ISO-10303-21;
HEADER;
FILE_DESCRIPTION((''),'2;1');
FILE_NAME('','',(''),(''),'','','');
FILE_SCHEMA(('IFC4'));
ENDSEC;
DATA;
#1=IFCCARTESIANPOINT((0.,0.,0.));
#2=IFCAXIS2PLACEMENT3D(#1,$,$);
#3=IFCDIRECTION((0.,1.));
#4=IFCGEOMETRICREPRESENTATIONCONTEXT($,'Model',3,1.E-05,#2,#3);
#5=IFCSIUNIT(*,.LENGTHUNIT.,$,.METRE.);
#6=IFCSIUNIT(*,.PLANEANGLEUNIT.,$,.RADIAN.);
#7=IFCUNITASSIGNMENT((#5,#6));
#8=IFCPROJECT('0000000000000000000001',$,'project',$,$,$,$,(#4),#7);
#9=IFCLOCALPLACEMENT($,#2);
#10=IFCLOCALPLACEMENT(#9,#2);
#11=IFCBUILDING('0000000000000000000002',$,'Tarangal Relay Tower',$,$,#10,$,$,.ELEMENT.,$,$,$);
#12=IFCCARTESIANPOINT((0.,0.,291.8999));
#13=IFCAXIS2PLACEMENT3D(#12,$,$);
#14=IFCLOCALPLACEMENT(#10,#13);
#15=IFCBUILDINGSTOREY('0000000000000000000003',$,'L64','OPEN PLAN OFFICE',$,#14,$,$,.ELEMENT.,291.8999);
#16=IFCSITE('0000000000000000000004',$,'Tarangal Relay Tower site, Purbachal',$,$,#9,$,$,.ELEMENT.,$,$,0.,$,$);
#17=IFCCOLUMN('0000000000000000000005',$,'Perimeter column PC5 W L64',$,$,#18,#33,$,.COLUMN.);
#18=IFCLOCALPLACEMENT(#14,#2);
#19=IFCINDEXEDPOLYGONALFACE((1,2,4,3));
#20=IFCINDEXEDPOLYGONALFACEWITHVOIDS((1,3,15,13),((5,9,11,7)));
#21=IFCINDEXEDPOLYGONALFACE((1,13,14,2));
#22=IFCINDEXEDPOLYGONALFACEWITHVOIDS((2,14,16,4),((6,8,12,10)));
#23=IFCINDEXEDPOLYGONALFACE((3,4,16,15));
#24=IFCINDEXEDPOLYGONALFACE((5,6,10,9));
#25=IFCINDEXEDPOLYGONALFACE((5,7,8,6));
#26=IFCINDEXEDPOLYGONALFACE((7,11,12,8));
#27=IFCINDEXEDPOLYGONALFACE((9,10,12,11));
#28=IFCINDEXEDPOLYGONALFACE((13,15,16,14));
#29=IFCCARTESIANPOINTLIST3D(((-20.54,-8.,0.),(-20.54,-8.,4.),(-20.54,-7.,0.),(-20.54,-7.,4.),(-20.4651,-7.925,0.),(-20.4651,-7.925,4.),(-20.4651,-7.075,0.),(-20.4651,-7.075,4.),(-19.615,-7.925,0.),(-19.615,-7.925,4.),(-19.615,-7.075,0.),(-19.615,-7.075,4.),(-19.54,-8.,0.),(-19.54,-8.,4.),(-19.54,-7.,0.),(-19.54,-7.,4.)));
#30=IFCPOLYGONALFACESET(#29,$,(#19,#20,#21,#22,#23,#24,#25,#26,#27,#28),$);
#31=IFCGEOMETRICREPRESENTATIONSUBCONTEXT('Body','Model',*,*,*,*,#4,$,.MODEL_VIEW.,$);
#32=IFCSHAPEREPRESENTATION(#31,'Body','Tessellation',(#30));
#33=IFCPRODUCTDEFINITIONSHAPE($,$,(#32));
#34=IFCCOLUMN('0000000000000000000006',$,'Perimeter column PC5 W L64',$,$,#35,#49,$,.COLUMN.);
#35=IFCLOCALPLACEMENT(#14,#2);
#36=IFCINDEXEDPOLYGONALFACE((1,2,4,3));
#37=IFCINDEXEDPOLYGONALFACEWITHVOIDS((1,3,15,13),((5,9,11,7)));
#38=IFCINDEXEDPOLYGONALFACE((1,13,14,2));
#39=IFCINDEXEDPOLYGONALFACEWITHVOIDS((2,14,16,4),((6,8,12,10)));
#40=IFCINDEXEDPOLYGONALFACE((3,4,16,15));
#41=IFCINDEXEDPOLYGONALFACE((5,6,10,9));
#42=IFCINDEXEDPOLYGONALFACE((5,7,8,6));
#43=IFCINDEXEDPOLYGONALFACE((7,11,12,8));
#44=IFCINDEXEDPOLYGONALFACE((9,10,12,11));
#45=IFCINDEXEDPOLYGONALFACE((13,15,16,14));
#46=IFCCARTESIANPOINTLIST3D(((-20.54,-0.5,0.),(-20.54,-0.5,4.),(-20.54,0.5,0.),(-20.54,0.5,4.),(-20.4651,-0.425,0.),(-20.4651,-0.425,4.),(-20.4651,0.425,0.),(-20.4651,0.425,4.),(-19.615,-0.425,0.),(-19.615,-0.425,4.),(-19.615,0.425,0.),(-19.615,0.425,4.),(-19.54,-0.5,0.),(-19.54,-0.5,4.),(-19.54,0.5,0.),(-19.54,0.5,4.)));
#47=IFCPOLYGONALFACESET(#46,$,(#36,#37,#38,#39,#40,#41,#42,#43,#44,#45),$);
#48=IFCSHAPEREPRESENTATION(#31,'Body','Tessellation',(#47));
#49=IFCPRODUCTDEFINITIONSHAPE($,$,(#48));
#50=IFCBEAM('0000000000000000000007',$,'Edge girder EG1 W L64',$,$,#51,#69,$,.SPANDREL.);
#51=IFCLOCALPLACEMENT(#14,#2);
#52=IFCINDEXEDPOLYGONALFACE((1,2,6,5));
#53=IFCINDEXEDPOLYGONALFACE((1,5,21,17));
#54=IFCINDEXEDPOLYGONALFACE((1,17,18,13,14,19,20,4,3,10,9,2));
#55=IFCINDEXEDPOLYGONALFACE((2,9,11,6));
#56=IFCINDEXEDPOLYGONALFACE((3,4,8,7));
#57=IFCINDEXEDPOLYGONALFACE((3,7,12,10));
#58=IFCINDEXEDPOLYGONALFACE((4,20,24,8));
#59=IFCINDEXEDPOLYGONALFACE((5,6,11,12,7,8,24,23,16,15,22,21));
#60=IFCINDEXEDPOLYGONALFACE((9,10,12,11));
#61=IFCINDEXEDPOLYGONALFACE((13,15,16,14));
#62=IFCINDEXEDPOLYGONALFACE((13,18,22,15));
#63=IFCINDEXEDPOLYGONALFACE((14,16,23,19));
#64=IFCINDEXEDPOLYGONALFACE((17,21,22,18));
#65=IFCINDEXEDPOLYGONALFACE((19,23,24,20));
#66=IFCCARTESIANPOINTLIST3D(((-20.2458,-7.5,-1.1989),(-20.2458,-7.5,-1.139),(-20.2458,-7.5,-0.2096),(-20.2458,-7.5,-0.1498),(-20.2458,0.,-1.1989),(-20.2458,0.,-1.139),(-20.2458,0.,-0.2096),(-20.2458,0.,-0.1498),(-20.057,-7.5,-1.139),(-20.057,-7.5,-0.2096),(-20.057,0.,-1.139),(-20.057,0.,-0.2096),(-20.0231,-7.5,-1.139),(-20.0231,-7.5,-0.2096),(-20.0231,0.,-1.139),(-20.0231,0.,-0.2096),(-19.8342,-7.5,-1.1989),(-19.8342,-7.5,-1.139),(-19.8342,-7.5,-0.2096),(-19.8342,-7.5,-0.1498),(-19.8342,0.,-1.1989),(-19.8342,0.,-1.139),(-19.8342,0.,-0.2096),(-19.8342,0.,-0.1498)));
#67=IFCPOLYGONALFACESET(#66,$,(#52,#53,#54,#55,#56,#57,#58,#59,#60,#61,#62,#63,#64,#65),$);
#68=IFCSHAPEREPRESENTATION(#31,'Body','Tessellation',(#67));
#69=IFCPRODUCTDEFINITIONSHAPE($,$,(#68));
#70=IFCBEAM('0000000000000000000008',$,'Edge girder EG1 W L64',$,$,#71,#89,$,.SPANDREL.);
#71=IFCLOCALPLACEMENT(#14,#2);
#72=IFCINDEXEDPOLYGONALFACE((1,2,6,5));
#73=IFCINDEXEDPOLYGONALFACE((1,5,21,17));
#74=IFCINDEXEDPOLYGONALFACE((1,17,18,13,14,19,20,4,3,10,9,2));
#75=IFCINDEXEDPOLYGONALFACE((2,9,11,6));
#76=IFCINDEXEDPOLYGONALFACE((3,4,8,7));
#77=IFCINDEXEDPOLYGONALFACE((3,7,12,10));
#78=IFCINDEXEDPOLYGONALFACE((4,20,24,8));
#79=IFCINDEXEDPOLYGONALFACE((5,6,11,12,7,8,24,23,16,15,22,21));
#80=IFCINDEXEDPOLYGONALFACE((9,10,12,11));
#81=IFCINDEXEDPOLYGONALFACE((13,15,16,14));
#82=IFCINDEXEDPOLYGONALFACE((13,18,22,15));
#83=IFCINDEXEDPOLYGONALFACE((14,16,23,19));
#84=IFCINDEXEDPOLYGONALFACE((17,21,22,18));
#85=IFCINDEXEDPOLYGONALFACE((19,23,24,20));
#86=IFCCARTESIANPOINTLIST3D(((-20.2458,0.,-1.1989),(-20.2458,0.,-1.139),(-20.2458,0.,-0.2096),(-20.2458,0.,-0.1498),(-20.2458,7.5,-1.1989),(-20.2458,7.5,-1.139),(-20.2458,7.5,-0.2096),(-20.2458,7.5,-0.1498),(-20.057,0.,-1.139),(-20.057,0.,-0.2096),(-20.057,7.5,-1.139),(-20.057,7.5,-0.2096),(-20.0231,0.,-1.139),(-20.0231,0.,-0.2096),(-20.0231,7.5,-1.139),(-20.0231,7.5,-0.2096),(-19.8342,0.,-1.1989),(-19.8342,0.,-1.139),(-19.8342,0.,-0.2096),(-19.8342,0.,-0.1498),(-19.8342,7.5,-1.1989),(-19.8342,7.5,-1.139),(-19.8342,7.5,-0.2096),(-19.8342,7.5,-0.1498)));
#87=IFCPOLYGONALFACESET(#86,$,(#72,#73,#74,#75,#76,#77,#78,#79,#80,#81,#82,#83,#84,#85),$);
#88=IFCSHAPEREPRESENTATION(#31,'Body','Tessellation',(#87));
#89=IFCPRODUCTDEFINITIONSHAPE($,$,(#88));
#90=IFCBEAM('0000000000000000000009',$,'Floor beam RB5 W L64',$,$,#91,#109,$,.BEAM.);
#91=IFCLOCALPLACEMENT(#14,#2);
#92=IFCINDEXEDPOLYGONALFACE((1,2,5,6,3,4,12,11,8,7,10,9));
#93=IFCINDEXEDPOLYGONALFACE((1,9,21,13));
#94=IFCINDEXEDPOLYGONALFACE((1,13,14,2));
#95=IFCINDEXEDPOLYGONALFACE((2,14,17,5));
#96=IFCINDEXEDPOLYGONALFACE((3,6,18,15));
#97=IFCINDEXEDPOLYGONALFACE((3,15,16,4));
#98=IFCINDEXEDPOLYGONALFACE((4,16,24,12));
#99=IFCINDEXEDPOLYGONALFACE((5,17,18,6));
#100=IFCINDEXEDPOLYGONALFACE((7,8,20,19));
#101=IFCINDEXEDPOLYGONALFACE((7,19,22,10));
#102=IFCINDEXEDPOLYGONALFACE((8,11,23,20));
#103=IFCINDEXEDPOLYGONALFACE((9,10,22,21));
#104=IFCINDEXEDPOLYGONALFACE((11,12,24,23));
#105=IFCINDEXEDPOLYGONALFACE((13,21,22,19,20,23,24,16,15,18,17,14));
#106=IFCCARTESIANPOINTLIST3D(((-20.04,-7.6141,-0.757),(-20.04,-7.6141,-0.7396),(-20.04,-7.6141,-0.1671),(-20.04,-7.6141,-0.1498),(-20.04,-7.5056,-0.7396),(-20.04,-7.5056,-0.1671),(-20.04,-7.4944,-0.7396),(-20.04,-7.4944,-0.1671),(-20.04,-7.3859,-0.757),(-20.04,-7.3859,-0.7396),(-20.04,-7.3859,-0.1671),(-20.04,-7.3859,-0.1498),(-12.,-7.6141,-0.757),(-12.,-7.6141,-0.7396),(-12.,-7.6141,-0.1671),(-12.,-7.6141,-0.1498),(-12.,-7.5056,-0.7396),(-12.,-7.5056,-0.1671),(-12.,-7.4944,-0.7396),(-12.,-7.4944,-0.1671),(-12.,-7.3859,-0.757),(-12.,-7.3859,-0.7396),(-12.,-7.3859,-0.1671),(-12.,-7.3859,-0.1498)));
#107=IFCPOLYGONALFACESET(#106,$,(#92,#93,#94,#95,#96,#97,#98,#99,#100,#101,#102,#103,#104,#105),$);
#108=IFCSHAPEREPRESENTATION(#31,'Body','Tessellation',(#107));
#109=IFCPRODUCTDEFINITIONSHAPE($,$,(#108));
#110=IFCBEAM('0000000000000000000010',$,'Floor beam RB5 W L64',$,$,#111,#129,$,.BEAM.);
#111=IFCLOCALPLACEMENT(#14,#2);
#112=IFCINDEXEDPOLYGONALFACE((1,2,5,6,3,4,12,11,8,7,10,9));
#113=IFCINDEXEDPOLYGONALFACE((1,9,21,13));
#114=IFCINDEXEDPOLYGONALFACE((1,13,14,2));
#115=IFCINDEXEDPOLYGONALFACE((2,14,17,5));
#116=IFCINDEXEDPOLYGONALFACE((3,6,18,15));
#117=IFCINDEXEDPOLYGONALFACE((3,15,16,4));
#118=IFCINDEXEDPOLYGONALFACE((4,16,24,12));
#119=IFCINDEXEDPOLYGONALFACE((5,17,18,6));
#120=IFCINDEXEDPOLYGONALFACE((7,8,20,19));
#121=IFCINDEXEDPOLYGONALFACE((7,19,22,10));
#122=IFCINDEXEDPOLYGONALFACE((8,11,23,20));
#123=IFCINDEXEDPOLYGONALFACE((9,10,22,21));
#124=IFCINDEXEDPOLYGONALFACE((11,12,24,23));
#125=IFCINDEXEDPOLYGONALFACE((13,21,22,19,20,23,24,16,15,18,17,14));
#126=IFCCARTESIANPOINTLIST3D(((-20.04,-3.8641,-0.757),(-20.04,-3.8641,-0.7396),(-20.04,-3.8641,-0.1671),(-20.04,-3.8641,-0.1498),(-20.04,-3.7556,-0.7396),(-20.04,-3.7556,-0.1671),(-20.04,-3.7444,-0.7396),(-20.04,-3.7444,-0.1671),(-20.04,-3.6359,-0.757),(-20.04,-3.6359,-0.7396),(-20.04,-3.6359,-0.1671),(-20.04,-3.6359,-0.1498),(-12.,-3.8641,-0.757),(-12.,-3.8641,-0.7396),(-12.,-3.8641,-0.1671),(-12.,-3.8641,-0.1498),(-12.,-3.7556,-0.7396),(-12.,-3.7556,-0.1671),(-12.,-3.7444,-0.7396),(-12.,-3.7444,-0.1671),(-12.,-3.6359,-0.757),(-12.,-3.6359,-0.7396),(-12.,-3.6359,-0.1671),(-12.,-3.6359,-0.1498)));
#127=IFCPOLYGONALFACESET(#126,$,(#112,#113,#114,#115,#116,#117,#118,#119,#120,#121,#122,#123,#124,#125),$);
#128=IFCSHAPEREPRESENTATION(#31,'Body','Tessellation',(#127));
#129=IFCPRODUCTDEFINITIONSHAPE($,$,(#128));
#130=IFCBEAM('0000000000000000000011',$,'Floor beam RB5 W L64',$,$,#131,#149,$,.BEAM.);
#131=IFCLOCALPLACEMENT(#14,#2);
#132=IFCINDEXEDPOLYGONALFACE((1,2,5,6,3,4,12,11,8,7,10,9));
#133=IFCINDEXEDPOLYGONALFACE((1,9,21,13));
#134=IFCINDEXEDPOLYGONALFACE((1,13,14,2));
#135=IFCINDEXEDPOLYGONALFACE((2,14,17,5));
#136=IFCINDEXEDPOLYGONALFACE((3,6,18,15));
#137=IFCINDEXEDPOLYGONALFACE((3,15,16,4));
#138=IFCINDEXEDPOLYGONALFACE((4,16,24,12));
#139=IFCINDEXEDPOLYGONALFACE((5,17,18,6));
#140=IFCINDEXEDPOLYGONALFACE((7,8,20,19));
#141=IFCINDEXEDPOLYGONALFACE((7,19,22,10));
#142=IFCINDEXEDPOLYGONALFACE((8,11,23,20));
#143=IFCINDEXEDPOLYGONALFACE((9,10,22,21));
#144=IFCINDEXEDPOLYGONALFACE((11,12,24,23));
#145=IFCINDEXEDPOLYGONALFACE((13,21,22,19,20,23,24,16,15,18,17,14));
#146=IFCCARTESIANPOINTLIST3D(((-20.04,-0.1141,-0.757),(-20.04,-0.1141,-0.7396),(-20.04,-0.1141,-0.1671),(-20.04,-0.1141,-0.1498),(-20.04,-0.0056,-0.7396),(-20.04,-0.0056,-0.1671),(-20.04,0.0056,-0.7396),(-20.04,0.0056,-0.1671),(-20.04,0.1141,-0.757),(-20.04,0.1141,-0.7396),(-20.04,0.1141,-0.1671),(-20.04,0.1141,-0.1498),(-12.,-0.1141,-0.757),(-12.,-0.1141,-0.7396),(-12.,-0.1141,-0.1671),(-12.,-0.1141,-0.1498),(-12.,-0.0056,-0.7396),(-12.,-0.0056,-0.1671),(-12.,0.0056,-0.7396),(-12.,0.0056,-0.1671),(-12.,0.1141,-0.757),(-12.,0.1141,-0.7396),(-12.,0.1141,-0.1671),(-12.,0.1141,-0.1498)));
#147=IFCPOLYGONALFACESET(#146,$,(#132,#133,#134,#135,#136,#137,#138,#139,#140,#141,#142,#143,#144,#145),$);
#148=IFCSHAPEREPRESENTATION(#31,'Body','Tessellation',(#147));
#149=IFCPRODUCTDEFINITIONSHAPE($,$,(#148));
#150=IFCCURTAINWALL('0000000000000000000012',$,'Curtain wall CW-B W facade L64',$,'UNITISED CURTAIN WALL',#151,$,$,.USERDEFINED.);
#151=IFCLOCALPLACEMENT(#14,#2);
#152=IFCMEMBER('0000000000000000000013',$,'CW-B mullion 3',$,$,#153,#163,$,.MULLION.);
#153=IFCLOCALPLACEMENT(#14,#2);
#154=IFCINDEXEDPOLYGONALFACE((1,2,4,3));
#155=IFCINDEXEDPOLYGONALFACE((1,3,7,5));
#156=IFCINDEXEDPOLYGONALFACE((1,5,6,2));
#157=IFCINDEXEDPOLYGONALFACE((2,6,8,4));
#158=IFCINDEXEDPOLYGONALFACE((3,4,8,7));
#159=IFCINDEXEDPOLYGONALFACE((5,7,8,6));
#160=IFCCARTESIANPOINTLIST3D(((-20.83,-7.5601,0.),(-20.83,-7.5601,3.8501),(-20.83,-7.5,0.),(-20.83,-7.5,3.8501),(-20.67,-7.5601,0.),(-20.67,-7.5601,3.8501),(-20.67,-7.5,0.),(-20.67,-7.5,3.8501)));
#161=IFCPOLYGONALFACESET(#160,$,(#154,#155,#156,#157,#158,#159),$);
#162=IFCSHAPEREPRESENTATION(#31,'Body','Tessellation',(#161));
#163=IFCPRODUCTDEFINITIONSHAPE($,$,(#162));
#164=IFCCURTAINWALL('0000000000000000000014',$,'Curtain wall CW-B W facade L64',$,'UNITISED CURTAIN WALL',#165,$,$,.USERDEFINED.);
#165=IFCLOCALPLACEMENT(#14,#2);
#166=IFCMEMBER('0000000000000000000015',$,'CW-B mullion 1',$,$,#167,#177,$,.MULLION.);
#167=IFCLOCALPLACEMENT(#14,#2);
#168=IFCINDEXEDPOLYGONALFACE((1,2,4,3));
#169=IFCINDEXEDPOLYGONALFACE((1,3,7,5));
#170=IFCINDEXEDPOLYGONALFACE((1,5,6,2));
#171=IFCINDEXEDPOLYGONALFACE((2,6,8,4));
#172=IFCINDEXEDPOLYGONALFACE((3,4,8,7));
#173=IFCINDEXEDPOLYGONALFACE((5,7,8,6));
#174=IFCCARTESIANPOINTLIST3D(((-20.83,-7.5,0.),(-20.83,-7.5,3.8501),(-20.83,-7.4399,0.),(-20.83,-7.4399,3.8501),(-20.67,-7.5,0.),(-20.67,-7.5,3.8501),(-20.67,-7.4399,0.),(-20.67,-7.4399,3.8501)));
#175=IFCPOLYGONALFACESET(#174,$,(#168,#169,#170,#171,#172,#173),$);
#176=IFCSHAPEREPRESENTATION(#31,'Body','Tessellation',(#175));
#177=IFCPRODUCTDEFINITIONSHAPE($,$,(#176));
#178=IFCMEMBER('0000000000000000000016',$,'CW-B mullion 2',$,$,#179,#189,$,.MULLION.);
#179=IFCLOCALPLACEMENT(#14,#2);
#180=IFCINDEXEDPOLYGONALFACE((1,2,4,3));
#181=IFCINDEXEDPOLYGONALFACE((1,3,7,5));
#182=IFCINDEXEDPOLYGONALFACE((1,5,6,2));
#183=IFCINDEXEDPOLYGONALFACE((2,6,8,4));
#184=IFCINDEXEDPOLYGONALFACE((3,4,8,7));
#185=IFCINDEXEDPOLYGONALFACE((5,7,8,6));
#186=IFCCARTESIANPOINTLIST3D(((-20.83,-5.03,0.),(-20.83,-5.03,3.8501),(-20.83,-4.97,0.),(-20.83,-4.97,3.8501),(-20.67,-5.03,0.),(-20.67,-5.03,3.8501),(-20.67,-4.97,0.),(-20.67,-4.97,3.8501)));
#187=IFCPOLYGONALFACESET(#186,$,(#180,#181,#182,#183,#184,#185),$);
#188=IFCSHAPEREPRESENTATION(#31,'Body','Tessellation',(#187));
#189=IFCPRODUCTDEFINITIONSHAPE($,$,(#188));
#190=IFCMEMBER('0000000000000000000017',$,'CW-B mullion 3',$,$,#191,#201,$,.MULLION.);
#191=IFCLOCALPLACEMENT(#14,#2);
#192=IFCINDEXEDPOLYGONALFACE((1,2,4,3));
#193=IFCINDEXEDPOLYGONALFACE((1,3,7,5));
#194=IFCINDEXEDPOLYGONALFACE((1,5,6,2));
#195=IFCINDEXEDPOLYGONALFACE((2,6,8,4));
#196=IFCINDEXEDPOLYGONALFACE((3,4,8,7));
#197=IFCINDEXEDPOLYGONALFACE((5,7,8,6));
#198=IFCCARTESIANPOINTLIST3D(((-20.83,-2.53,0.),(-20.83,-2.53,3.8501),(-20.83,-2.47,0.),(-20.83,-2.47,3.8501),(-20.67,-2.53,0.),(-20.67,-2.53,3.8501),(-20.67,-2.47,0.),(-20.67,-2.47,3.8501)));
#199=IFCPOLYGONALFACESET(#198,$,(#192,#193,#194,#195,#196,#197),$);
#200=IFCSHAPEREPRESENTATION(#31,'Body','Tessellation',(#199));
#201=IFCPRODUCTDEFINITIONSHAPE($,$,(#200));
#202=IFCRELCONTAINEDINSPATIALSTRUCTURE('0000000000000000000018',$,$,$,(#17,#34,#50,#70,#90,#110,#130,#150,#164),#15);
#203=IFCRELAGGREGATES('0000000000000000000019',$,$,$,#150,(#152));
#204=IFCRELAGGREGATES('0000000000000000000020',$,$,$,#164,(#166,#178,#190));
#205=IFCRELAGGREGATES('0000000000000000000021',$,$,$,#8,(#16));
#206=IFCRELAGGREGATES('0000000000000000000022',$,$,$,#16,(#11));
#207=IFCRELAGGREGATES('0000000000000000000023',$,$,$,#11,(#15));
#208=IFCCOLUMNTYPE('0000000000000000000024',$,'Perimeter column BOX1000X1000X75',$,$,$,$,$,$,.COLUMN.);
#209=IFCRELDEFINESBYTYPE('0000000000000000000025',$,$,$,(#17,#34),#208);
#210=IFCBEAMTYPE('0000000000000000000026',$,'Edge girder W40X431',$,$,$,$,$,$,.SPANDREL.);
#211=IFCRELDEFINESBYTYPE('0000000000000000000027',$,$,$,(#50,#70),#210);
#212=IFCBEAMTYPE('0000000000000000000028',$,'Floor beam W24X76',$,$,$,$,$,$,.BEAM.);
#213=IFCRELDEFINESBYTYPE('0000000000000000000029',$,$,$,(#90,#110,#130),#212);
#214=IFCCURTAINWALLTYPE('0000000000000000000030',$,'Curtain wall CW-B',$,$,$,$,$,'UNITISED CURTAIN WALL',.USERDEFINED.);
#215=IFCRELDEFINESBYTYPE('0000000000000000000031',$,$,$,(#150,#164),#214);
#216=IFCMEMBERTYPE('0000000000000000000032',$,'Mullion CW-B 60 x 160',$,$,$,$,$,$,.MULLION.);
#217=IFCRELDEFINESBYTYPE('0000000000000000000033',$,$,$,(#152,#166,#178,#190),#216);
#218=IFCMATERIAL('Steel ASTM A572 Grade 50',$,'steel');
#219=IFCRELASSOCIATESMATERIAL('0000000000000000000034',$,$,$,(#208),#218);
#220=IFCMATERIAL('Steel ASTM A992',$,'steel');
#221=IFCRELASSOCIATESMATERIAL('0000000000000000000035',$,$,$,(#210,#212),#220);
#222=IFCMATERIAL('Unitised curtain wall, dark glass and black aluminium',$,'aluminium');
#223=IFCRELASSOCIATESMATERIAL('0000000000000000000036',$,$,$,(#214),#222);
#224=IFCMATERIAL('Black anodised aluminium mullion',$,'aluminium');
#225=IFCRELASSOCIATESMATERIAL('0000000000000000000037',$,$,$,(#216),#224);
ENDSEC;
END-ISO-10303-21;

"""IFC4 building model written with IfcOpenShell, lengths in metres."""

from ifc_helpers import new_model, si_unit, direction, frame, origin, origin_2d, place, context, subcontext, project, spatial, rectangle, hollow_rectangle, i_section, extrude, material, material_profile, profile_set, type_object, element, aggregate, save


model = new_model("IFC4")

# Units and contexts
model_context = context("Model", 3, precision=1e-05, world=origin(), true_north=direction((0.0, 1.0)))
body_context = subcontext(model_context, "Body", "Model", "MODEL_VIEW")
ifc_project = project(units=[si_unit("LENGTHUNIT", "METRE"), si_unit("PLANEANGLEUNIT", "RADIAN")], contexts=[model_context])

# Site, building, storey
site_placement = place(None, origin())
site = spatial("IfcSite", under=ifc_project, at=site_placement, Name="Tarangal Relay Tower site, Purbachal", CompositionType="ELEMENT", RefElevation=0.0)
building_placement = place(site_placement, origin())
building = spatial("IfcBuilding", under=site, at=building_placement, Name="Tarangal Relay Tower", CompositionType="ELEMENT")
storey_placement = place(building_placement, frame((0.0, 0.0, 291.8999)))
storey = spatial("IfcBuildingStorey", under=building, at=storey_placement, Name="L64", Description="OPEN PLAN OFFICE", CompositionType="ELEMENT", Elevation=291.8999)

# Columns
ifc_material_1 = material(Name="Steel ASTM A572 Grade 50", Category="steel")
ifc_material_profile_1 = material_profile(ifc_material_1, hollow_rectangle(XDim=1.0, YDim=1.0, WallThickness=0.075, at=origin_2d()), Name="BOX1000X1000X75")
ifc_profile_set_1 = profile_set([ifc_material_profile_1], Name="Steel ASTM A572 Grade 50")
column_type = type_object("IfcColumnType", Name="Perimeter column BOX1000X1000X75", PredefinedType="COLUMN", material=ifc_profile_set_1)
for number, where, z_axis, x_axis, name in (
    (1, (-20.04, -7.5, 0.0), (0.0, 0.0, 1.0), (1.0, 0.0, 0.0), "Perimeter column PC5 W L64"),
    (2, (-20.04, 0.0, 0.0), (0.0, 0.0, 1.0), (1.0, 0.0, 0.0), "Perimeter column PC5 W L64"),
):
    element("IfcColumn", number, at=place(storey_placement, frame(where, z_axis=z_axis, x_axis=x_axis)), inside=storey, type_object=column_type, Name=name, PredefinedType="COLUMN", context=body_context, shape_type="SweptSolid", body=[
        extrude(hollow_rectangle(XDim=1.0, YDim=1.0, WallThickness=0.075, at=origin_2d()), origin(), (0.0, 0.0, 1.0), 4.0),
    ])

# Beams
ifc_material_2 = material(Name="Steel ASTM A992", Category="steel")
ifc_material_profile_2 = material_profile(ifc_material_2, i_section(OverallWidth=0.4116, OverallDepth=1.0491, WebThickness=0.0339, FlangeThickness=0.0598, at=origin_2d()), Name="W40X431")
ifc_profile_set_2 = profile_set([ifc_material_profile_2], Name="Steel ASTM A992")
beam_type_1 = type_object("IfcBeamType", Name="Edge girder W40X431", PredefinedType="SPANDREL", material=ifc_profile_set_2)
for number, where, z_axis, x_axis, name in (
    (3, (-20.04, -7.5, -0.6743), (0.0, 1.0, 0.0), (-1.0, 0.0, 0.0), "Edge girder EG1 W L64"),
    (4, (-20.04, 0.0, -0.6743), (0.0, 1.0, 0.0), (-1.0, 0.0, 0.0), "Edge girder EG1 W L64"),
):
    element("IfcBeam", number, at=place(storey_placement, frame(where, z_axis=z_axis, x_axis=x_axis)), inside=storey, type_object=beam_type_1, Name=name, PredefinedType="SPANDREL", context=body_context, shape_type="SweptSolid", body=[
        extrude(i_section(OverallWidth=0.4116, OverallDepth=1.0491, WebThickness=0.0339, FlangeThickness=0.0598, at=origin_2d()), origin(), (0.0, 0.0, 1.0), 7.5),
    ])
ifc_material_profile_3 = material_profile(ifc_material_2, i_section(OverallWidth=0.2283, OverallDepth=0.6072, WebThickness=0.0112, FlangeThickness=0.0173, at=origin_2d()), Name="W24X76")
ifc_profile_set_3 = profile_set([ifc_material_profile_3], Name="Steel ASTM A992")
beam_type_2 = type_object("IfcBeamType", Name="Floor beam W24X76", PredefinedType="BEAM", material=ifc_profile_set_3)
for number, where, z_axis, x_axis, name in (
    (5, (-12.0, -7.5, -0.4534), (-1.0, 0.0, 0.0), (0.0, -1.0, 0.0), "Floor beam RB5 W L64"),
    (6, (-12.0, -3.75, -0.4534), (-1.0, 0.0, 0.0), (0.0, -1.0, 0.0), "Floor beam RB5 W L64"),
    (7, (-12.0, 0.0, -0.4534), (-1.0, 0.0, 0.0), (0.0, -1.0, 0.0), "Floor beam RB5 W L64"),
):
    element("IfcBeam", number, at=place(storey_placement, frame(where, z_axis=z_axis, x_axis=x_axis)), inside=storey, type_object=beam_type_2, Name=name, PredefinedType="BEAM", context=body_context, shape_type="SweptSolid", body=[
        extrude(i_section(OverallWidth=0.2283, OverallDepth=0.6072, WebThickness=0.0112, FlangeThickness=0.0173, at=origin_2d()), origin(), (0.0, 0.0, 1.0), 8.04),
    ])

# Curtain wall, member
ifc_material_3 = material(Name="Unitised curtain wall, dark glass and black aluminium", Category="aluminium")
curtain_wall_type = type_object("IfcCurtainWallType", Name="Curtain wall CW-B", ElementType="UNITISED CURTAIN WALL", PredefinedType="USERDEFINED", material=ifc_material_3)
curtain_wall_1_placement = place(storey_placement, origin())
curtain_wall_1 = element("IfcCurtainWall", 8, at=curtain_wall_1_placement, inside=storey, type_object=curtain_wall_type, Name="Curtain wall CW-B W facade L64", ObjectType="UNITISED CURTAIN WALL", PredefinedType="USERDEFINED")
ifc_material_4 = material(Name="Black anodised aluminium mullion", Category="aluminium")
ifc_material_profile_4 = material_profile(ifc_material_4, rectangle(XDim=0.1599, YDim=0.0601, at=origin_2d()), Name="CW-BM 60X160")
ifc_profile_set_4 = profile_set([ifc_material_profile_4], Name="Black anodised aluminium mullion")
member_type_1 = type_object("IfcMemberType", Name="Mullion CW-B 60 x 160", PredefinedType="MULLION", material=ifc_profile_set_4)
member_1_placement = place(storey_placement, frame((-20.75, -7.53, 0.0), z_axis=(0.0, 0.0, 1.0), x_axis=(-1.0, 0.0, 0.0)))
member_1 = element("IfcMember", 9, at=member_1_placement, type_object=member_type_1, Name="CW-B mullion 3", PredefinedType="MULLION", context=body_context, shape_type="SweptSolid", body=[
    extrude(rectangle(XDim=0.1599, YDim=0.0601, at=origin_2d()), origin(), (0.0, 0.0, 1.0), 3.8501),
])

# Curtain wall, members
curtain_wall_2_placement = place(storey_placement, origin())
curtain_wall_2 = element("IfcCurtainWall", 10, at=curtain_wall_2_placement, inside=storey, type_object=curtain_wall_type, Name="Curtain wall CW-B W facade L64", ObjectType="UNITISED CURTAIN WALL", PredefinedType="USERDEFINED")
member_2_placement = place(storey_placement, frame((-20.75, -7.47, 0.0), z_axis=(0.0, 0.0, 1.0), x_axis=(-1.0, 0.0, 0.0)))
member_2 = element("IfcMember", 11, at=member_2_placement, type_object=member_type_1, Name="CW-B mullion 1", PredefinedType="MULLION", context=body_context, shape_type="SweptSolid", body=[
    extrude(rectangle(XDim=0.1599, YDim=0.0601, at=origin_2d()), origin(), (0.0, 0.0, 1.0), 3.8501),
])
member_3_placement = place(storey_placement, frame((-20.75, -5.0, 0.0), z_axis=(0.0, 0.0, 1.0), x_axis=(-1.0, 0.0, 0.0)))
member_3 = element("IfcMember", 12, at=member_3_placement, type_object=member_type_1, Name="CW-B mullion 2", PredefinedType="MULLION", context=body_context, shape_type="SweptSolid", body=[
    extrude(rectangle(XDim=0.1599, YDim=0.0601, at=origin_2d()), origin(), (0.0, 0.0, 1.0), 3.8501),
])
member_4_placement = place(storey_placement, frame((-20.75, -2.5, 0.0), z_axis=(0.0, 0.0, 1.0), x_axis=(-1.0, 0.0, 0.0)))
member_4 = element("IfcMember", 13, at=member_4_placement, type_object=member_type_1, Name="CW-B mullion 3", PredefinedType="MULLION", context=body_context, shape_type="SweptSolid", body=[
    extrude(rectangle(XDim=0.1599, YDim=0.0601, at=origin_2d()), origin(), (0.0, 0.0, 1.0), 3.8501),
])

aggregate(curtain_wall_1, [member_1])
aggregate(curtain_wall_2, [member_2, member_3, member_4])

save(model, "model.ifc")
